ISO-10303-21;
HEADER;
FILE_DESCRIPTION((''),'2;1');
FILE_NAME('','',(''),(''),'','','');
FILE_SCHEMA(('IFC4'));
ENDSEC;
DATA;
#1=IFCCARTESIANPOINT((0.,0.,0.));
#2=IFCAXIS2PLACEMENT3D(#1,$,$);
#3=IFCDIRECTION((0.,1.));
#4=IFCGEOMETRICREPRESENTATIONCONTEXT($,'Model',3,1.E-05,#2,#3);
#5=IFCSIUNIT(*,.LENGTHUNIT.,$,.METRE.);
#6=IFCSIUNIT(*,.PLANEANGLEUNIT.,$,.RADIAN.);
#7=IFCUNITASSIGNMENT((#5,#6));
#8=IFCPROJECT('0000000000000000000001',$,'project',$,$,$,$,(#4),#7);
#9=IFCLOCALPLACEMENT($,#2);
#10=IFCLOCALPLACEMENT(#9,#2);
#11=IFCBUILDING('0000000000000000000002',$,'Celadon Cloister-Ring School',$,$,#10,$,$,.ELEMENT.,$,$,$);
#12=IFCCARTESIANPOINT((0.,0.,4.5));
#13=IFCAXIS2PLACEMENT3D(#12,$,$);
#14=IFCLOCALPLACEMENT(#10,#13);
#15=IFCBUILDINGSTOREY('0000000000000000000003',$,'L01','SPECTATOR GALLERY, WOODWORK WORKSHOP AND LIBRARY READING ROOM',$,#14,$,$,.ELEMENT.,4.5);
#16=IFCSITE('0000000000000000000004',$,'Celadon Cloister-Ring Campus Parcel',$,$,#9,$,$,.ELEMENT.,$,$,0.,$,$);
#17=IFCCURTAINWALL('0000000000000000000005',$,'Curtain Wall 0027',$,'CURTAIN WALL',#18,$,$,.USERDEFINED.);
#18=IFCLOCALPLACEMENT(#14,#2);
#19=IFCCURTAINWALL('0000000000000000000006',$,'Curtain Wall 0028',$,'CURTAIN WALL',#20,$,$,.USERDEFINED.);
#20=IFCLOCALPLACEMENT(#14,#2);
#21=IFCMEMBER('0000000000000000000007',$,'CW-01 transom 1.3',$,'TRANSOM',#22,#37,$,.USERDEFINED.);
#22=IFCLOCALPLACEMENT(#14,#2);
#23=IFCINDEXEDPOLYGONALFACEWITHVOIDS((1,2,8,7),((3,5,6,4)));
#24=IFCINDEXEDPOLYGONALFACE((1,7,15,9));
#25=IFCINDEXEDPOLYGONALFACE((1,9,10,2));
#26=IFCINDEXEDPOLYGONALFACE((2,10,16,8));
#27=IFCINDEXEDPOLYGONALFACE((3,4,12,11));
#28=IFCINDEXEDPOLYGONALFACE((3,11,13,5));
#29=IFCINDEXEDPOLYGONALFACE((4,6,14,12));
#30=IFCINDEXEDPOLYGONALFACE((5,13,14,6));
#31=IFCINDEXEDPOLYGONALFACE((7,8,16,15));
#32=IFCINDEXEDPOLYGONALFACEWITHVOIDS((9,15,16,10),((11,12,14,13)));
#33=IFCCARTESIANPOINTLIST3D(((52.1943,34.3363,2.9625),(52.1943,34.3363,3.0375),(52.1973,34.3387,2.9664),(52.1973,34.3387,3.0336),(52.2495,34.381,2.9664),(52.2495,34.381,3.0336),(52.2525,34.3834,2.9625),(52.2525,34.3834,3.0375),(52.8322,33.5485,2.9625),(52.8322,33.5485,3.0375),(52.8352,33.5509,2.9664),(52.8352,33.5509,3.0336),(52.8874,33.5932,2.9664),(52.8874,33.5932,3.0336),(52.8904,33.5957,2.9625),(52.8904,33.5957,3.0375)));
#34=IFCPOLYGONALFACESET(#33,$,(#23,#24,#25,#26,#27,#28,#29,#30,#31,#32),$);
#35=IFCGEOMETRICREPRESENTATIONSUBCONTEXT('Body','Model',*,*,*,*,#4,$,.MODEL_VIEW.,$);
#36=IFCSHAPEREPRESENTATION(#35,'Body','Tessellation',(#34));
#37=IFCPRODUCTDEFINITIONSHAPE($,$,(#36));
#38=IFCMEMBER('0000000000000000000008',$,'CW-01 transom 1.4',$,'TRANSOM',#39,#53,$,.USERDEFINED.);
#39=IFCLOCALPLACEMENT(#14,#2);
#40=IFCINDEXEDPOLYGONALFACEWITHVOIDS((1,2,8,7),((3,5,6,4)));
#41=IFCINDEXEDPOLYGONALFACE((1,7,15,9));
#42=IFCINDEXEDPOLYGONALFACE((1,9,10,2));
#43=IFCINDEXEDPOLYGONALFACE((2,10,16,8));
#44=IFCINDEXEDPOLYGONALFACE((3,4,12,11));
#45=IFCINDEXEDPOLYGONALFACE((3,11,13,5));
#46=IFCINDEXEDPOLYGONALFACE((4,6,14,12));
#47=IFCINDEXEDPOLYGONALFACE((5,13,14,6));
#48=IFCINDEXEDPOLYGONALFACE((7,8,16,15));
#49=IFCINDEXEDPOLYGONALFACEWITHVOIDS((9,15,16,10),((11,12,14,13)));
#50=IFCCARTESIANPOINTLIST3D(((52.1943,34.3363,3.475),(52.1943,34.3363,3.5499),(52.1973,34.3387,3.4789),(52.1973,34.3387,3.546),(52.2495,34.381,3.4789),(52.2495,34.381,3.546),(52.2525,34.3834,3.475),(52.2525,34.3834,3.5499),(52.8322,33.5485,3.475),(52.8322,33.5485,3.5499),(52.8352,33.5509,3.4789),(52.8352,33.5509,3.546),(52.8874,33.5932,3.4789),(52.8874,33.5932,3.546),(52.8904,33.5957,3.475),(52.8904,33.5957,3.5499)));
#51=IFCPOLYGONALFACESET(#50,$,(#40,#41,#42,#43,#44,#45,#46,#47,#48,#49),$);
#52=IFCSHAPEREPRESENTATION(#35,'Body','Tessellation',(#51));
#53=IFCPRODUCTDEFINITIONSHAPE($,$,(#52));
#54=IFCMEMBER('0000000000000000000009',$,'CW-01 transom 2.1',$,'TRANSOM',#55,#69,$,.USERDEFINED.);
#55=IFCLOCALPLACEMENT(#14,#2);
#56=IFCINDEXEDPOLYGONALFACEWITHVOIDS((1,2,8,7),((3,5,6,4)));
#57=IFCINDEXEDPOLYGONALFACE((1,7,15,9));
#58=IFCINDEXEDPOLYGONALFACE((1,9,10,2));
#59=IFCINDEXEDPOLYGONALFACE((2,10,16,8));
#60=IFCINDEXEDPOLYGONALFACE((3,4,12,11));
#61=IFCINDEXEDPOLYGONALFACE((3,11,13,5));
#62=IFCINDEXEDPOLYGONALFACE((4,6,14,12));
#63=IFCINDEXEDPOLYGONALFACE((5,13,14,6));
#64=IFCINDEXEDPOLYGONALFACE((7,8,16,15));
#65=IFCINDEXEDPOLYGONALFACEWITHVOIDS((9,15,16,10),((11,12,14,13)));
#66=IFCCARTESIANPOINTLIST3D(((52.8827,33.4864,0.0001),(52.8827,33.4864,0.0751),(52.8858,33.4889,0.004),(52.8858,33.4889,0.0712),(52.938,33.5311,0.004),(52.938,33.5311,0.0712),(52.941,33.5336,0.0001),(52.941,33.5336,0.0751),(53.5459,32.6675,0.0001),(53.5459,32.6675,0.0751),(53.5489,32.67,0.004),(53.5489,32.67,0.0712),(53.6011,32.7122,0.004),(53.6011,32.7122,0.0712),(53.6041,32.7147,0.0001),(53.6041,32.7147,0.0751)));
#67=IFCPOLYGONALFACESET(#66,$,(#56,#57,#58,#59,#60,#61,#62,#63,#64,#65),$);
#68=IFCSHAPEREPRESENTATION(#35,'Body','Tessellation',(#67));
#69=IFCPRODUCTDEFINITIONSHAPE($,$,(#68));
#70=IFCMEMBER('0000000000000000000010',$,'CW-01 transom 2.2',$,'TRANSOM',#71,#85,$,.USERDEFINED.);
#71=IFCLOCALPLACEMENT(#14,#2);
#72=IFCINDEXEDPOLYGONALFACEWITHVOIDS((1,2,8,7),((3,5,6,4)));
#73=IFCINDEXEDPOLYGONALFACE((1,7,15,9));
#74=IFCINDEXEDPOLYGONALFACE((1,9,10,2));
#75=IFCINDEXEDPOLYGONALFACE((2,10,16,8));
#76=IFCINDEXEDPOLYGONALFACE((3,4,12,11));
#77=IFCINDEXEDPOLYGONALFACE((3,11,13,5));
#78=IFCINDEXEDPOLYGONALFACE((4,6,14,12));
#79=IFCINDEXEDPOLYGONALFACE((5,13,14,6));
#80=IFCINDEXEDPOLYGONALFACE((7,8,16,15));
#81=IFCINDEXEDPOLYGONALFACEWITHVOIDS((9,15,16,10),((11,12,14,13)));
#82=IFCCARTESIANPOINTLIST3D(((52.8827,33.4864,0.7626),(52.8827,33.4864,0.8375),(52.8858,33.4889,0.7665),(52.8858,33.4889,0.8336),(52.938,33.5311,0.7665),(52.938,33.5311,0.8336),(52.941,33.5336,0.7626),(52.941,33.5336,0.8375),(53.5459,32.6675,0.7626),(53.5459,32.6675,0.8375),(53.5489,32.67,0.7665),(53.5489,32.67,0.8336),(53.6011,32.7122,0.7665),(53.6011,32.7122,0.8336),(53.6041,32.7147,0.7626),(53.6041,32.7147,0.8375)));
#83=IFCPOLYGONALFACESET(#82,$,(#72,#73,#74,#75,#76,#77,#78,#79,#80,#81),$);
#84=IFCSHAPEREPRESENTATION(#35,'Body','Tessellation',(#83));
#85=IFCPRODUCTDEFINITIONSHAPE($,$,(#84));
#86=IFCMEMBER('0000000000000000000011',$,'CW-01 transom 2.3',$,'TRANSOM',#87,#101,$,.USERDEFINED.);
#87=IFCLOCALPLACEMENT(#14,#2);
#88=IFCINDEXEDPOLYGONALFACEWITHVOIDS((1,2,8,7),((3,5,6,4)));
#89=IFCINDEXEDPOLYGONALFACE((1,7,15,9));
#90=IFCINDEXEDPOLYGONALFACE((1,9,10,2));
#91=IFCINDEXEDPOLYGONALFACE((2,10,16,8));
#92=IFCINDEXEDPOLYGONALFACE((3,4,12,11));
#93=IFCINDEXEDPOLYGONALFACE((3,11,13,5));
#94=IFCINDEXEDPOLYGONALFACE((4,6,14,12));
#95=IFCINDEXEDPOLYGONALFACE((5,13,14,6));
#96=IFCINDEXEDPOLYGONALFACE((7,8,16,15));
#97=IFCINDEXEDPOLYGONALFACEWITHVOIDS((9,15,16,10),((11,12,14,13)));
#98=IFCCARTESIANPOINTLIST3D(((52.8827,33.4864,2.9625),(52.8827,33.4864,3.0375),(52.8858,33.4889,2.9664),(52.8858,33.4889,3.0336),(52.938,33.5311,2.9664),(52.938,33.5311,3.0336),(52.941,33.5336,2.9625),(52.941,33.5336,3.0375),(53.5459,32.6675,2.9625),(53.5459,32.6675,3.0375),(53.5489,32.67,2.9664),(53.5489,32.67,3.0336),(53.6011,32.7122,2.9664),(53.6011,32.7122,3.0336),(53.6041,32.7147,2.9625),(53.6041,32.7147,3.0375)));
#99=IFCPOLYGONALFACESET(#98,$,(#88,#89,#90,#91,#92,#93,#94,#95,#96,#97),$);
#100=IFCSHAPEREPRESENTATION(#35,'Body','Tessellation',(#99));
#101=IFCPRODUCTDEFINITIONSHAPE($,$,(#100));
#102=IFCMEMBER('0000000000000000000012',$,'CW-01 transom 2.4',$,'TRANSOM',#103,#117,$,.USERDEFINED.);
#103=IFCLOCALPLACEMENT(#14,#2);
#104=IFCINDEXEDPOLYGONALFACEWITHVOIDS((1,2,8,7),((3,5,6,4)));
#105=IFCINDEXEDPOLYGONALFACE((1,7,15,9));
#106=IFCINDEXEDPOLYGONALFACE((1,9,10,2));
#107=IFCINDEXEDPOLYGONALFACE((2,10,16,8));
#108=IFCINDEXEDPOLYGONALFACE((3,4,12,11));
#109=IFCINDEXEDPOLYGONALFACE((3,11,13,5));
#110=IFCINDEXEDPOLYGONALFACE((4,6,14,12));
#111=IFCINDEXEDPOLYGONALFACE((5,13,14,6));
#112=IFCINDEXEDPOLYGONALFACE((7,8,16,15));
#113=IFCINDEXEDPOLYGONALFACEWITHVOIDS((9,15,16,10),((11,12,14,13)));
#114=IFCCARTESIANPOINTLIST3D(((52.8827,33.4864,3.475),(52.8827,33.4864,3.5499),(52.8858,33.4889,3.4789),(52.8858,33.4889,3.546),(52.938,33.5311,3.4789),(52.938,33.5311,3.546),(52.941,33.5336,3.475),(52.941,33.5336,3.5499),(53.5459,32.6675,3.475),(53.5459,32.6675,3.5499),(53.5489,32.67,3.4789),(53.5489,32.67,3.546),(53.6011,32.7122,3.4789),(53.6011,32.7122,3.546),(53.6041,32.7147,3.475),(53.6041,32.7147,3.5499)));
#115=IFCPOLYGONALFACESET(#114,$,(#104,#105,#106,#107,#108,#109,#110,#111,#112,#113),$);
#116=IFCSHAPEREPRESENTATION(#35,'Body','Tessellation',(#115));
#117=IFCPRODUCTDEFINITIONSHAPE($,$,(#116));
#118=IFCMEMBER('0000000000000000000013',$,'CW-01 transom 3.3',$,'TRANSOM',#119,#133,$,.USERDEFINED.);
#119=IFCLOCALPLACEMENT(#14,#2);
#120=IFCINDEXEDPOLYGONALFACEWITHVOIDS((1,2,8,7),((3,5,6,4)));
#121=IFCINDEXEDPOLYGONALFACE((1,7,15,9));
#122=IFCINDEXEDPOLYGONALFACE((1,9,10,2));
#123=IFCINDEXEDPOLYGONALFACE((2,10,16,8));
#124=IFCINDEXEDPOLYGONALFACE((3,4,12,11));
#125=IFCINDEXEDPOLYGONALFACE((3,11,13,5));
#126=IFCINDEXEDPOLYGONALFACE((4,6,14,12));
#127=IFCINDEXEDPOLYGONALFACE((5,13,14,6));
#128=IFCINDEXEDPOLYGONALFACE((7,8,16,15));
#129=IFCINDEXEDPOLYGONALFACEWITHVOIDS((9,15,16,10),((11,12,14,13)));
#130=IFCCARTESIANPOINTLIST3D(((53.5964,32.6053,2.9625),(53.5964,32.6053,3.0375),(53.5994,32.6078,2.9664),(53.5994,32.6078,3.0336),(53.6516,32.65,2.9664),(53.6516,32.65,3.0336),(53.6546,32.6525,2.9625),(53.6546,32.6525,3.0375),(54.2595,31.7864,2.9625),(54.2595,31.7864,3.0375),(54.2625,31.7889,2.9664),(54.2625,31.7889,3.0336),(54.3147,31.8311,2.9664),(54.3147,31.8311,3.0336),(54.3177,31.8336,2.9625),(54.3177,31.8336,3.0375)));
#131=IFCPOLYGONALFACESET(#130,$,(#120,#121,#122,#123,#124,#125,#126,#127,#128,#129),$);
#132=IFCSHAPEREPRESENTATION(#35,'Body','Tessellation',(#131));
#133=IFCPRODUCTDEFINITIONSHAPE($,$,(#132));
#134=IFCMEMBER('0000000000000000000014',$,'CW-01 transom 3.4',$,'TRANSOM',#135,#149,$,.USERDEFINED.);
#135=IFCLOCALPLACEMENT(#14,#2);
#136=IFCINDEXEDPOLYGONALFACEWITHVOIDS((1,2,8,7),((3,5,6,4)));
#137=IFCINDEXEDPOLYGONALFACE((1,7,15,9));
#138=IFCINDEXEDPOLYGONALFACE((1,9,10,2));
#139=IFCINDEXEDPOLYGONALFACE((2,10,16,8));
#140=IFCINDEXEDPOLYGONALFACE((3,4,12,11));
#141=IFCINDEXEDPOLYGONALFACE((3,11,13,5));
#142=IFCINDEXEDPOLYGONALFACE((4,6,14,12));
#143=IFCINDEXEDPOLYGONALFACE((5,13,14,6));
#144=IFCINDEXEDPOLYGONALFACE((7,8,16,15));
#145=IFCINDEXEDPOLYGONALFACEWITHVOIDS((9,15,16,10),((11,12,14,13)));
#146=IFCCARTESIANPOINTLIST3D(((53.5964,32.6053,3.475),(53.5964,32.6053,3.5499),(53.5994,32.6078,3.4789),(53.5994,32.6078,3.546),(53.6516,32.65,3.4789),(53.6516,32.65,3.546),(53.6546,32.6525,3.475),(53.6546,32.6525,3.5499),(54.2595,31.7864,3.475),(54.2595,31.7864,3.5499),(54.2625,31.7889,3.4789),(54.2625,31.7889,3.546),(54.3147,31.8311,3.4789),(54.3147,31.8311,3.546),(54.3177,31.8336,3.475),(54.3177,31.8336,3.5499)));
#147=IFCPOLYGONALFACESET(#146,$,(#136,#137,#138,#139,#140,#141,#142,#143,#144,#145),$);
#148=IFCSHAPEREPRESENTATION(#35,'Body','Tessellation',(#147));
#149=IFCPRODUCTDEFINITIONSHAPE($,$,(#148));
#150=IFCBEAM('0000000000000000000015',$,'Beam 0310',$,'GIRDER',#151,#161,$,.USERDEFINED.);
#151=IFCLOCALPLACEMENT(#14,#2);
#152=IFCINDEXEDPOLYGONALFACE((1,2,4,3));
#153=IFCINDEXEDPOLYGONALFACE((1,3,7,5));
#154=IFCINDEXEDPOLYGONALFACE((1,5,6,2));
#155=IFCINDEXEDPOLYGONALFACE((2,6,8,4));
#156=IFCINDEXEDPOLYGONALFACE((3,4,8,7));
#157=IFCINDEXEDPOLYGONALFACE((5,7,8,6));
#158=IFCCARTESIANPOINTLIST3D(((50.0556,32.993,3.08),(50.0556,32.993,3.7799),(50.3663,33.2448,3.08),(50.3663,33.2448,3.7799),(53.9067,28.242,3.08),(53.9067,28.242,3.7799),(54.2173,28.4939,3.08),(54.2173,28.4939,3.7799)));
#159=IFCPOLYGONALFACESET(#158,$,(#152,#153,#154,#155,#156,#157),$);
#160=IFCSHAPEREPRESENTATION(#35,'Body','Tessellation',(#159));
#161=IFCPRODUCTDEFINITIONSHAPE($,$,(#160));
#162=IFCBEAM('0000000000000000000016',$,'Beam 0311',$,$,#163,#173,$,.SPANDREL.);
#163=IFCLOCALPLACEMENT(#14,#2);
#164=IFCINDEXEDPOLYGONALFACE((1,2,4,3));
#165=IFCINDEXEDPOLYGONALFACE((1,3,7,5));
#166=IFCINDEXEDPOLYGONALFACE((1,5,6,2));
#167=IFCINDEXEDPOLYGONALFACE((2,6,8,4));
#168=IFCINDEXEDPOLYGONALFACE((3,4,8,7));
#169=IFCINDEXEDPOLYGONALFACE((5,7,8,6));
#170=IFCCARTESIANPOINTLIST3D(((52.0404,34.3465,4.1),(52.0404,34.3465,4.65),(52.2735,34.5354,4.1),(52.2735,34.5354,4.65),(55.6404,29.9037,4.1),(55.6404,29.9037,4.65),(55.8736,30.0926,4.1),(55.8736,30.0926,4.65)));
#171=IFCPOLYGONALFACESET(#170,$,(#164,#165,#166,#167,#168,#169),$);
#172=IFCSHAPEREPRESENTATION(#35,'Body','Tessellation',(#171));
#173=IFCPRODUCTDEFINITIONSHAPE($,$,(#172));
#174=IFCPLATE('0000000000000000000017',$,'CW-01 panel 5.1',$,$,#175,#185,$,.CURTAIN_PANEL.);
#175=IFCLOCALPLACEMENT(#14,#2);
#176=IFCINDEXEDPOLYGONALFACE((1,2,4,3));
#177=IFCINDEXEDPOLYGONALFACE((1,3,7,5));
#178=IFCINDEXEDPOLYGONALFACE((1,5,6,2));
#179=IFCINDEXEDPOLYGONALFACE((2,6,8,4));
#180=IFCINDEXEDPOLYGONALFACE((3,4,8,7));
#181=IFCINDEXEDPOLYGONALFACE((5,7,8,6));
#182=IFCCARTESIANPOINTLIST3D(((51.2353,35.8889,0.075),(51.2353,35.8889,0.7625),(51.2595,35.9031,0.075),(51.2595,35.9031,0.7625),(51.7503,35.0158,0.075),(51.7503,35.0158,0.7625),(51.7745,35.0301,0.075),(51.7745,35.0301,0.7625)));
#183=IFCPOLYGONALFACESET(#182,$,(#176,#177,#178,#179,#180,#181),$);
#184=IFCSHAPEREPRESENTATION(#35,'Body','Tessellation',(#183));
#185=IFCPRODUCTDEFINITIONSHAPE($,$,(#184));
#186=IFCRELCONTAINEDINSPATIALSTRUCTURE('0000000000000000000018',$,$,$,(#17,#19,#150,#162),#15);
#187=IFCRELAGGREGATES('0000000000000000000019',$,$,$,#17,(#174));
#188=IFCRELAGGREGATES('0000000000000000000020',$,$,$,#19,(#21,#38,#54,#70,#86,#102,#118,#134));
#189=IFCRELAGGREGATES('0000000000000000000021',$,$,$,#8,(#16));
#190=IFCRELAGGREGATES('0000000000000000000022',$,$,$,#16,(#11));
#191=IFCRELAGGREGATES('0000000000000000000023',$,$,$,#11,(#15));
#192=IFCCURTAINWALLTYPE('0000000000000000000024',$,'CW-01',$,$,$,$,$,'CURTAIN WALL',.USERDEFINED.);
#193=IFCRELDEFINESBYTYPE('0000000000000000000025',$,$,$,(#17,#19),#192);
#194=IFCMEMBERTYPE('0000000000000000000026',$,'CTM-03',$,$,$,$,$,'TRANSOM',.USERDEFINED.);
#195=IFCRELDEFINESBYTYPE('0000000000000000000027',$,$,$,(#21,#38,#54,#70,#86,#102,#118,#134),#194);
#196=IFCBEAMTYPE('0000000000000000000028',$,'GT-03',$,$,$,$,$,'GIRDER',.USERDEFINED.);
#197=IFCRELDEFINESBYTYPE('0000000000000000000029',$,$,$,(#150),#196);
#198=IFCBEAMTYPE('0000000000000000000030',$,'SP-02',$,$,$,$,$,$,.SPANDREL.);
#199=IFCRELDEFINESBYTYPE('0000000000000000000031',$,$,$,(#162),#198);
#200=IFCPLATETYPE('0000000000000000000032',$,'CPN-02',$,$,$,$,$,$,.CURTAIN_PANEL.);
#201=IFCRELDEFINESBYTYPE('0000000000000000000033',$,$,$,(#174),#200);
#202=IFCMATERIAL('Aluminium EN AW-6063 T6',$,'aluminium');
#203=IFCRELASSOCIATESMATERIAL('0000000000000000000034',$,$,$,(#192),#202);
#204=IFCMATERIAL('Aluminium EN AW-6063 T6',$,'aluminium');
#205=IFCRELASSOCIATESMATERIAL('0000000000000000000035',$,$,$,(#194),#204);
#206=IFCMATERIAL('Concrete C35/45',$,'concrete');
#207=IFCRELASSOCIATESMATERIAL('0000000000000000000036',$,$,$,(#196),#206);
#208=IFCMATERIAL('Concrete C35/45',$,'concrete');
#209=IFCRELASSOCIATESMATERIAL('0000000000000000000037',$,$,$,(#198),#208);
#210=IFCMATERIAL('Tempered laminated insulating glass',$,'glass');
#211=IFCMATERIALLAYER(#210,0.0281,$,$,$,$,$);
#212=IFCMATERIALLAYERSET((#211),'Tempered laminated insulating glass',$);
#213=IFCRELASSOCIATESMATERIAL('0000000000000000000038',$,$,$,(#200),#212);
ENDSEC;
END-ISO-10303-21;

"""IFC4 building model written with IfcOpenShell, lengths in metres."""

from ifc_helpers import new_model, si_unit, direction, frame, origin, origin_2d, place, context, subcontext, project, spatial, rectangle, hollow_rectangle, extrude, material, layer, layer_set, material_profile, profile_set, type_object, element, aggregate, save


model = new_model("IFC4")

# Units and contexts
model_context = context("Model", 3, precision=1e-05, world=origin(), true_north=direction((0.0, 1.0)))
body_context = subcontext(model_context, "Body", "Model", "MODEL_VIEW")
ifc_project = project(units=[si_unit("LENGTHUNIT", "METRE"), si_unit("PLANEANGLEUNIT", "RADIAN")], contexts=[model_context])

# Site, building, storey
site_placement = place(None, origin())
site = spatial("IfcSite", under=ifc_project, at=site_placement, Name="Celadon Cloister-Ring Campus Parcel", CompositionType="ELEMENT", RefElevation=0.0)
building_placement = place(site_placement, origin())
building = spatial("IfcBuilding", under=site, at=building_placement, Name="Celadon Cloister-Ring School", CompositionType="ELEMENT")
storey_placement = place(building_placement, frame((0.0, 0.0, 4.5)))
storey = spatial("IfcBuildingStorey", under=building, at=storey_placement, Name="L01", Description="SPECTATOR GALLERY, WOODWORK WORKSHOP AND LIBRARY READING ROOM", CompositionType="ELEMENT", Elevation=4.5)

# Curtain wall
ifc_material_1 = material(Name="Aluminium EN AW-6063 T6", Category="aluminium")
curtain_wall_type = type_object("IfcCurtainWallType", Name="CW-01", ElementType="CURTAIN WALL", PredefinedType="USERDEFINED", material=ifc_material_1)
curtain_wall_1_placement = place(storey_placement, origin())
curtain_wall_1 = element("IfcCurtainWall", 1, at=curtain_wall_1_placement, inside=storey, type_object=curtain_wall_type, Name="Curtain Wall 0027", ObjectType="CURTAIN WALL", PredefinedType="USERDEFINED")

# Curtain wall, members
curtain_wall_2_placement = place(storey_placement, origin())
curtain_wall_2 = element("IfcCurtainWall", 2, at=curtain_wall_2_placement, inside=storey, type_object=curtain_wall_type, Name="Curtain Wall 0028", ObjectType="CURTAIN WALL", PredefinedType="USERDEFINED")
ifc_material_2 = material(Name="Aluminium EN AW-6063 T6", Category="aluminium")
ifc_material_profile_1 = material_profile(ifc_material_2, hollow_rectangle(XDim=0.075, YDim=0.075, WallThickness=0.0039, at=origin_2d()), Name="RHS75X75X4")
ifc_profile_set_1 = profile_set([ifc_material_profile_1], Name="Aluminium EN AW-6063 T6")
member_type_1 = type_object("IfcMemberType", Name="CTM-03", ElementType="TRANSOM", PredefinedType="USERDEFINED", material=ifc_profile_set_1)
member_1_placement = place(storey_placement, frame((52.2234, 34.3599, 3.0), z_axis=(0.629295, -0.777166, 0.0), x_axis=(0.777166, 0.629295, 0.0)))
member_1 = element("IfcMember", 3, at=member_1_placement, type_object=member_type_1, Name="CW-01 transom 1.3", ObjectType="TRANSOM", PredefinedType="USERDEFINED", context=body_context, shape_type="SweptSolid", body=[
    extrude(hollow_rectangle(XDim=0.075, YDim=0.075, WallThickness=0.0039, at=origin_2d()), origin(), (0.0, 0.0, 1.0), 1.0137),
])
member_2_placement = place(storey_placement, frame((52.2234, 34.3599, 3.5125), z_axis=(0.629295, -0.777166, 0.0), x_axis=(0.777166, 0.629295, 0.0)))
member_2 = element("IfcMember", 4, at=member_2_placement, type_object=member_type_1, Name="CW-01 transom 1.4", ObjectType="TRANSOM", PredefinedType="USERDEFINED", context=body_context, shape_type="SweptSolid", body=[
    extrude(hollow_rectangle(XDim=0.075, YDim=0.075, WallThickness=0.0039, at=origin_2d()), origin(), (0.0, 0.0, 1.0), 1.0137),
])
member_3_placement = place(storey_placement, frame((52.9119, 33.51, 0.0376), z_axis=(0.629318, -0.777148, 0.0), x_axis=(0.777148, 0.629318, 0.0)))
member_3 = element("IfcMember", 5, at=member_3_placement, type_object=member_type_1, Name="CW-01 transom 2.1", ObjectType="TRANSOM", PredefinedType="USERDEFINED", context=body_context, shape_type="SweptSolid", body=[
    extrude(hollow_rectangle(XDim=0.075, YDim=0.075, WallThickness=0.0039, at=origin_2d()), origin(), (0.0, 0.0, 1.0), 1.0537),
])
member_4_placement = place(storey_placement, frame((52.9119, 33.51, 0.8), z_axis=(0.629318, -0.777148, 0.0), x_axis=(0.777148, 0.629318, 0.0)))
member_4 = element("IfcMember", 6, at=member_4_placement, type_object=member_type_1, Name="CW-01 transom 2.2", ObjectType="TRANSOM", PredefinedType="USERDEFINED", context=body_context, shape_type="SweptSolid", body=[
    extrude(hollow_rectangle(XDim=0.075, YDim=0.075, WallThickness=0.0039, at=origin_2d()), origin(), (0.0, 0.0, 1.0), 1.0537),
])
member_5_placement = place(storey_placement, frame((52.9119, 33.51, 3.0), z_axis=(0.629318, -0.777148, 0.0), x_axis=(0.777148, 0.629318, 0.0)))
member_5 = element("IfcMember", 7, at=member_5_placement, type_object=member_type_1, Name="CW-01 transom 2.3", ObjectType="TRANSOM", PredefinedType="USERDEFINED", context=body_context, shape_type="SweptSolid", body=[
    extrude(hollow_rectangle(XDim=0.075, YDim=0.075, WallThickness=0.0039, at=origin_2d()), origin(), (0.0, 0.0, 1.0), 1.0537),
])
member_6_placement = place(storey_placement, frame((52.9119, 33.51, 3.5125), z_axis=(0.629318, -0.777148, 0.0), x_axis=(0.777148, 0.629318, 0.0)))
member_6 = element("IfcMember", 8, at=member_6_placement, type_object=member_type_1, Name="CW-01 transom 2.4", ObjectType="TRANSOM", PredefinedType="USERDEFINED", context=body_context, shape_type="SweptSolid", body=[
    extrude(hollow_rectangle(XDim=0.075, YDim=0.075, WallThickness=0.0039, at=origin_2d()), origin(), (0.0, 0.0, 1.0), 1.0537),
])
member_7_placement = place(storey_placement, frame((53.6255, 32.6289, 3.0), z_axis=(0.629318, -0.777148, 0.0), x_axis=(0.777148, 0.629318, 0.0)))
member_7 = element("IfcMember", 9, at=member_7_placement, type_object=member_type_1, Name="CW-01 transom 3.3", ObjectType="TRANSOM", PredefinedType="USERDEFINED", context=body_context, shape_type="SweptSolid", body=[
    extrude(hollow_rectangle(XDim=0.075, YDim=0.075, WallThickness=0.0039, at=origin_2d()), origin(), (0.0, 0.0, 1.0), 1.0537),
])
member_8_placement = place(storey_placement, frame((53.6255, 32.6289, 3.5125), z_axis=(0.629318, -0.777148, 0.0), x_axis=(0.777148, 0.629318, 0.0)))
member_8 = element("IfcMember", 10, at=member_8_placement, type_object=member_type_1, Name="CW-01 transom 3.4", ObjectType="TRANSOM", PredefinedType="USERDEFINED", context=body_context, shape_type="SweptSolid", body=[
    extrude(hollow_rectangle(XDim=0.075, YDim=0.075, WallThickness=0.0039, at=origin_2d()), origin(), (0.0, 0.0, 1.0), 1.0537),
])

# Beams
ifc_material_3 = material(Name="Concrete C35/45", Category="concrete")
ifc_material_profile_2 = material_profile(ifc_material_3, rectangle(XDim=0.3999, YDim=0.7, at=origin_2d()), Name="RC400X700")
ifc_profile_set_2 = profile_set([ifc_material_profile_2], Name="Concrete C35/45")
beam_type_1 = type_object("IfcBeamType", Name="GT-03", ElementType="GIRDER", PredefinedType="USERDEFINED", material=ifc_profile_set_2)
beam_1_placement = place(storey_placement, frame((50.2109, 33.1189, 3.4299), z_axis=(0.629696, -0.776841, 0.0), x_axis=(0.776841, 0.629696, 0.0)))
element("IfcBeam", 11, at=beam_1_placement, inside=storey, type_object=beam_type_1, Name="Beam 0310", ObjectType="GIRDER", PredefinedType="USERDEFINED", context=body_context, shape_type="SweptSolid", body=[
    extrude(rectangle(XDim=0.3999, YDim=0.7, at=origin_2d()), origin(), (0.0, 0.0, 1.0), 6.1157),
])
ifc_material_4 = material(Name="Concrete C35/45", Category="concrete")
ifc_material_profile_3 = material_profile(ifc_material_4, rectangle(XDim=0.3, YDim=0.55, at=origin_2d()), Name="RC300X550")
ifc_profile_set_3 = profile_set([ifc_material_profile_3], Name="Concrete C35/45")
beam_type_2 = type_object("IfcBeamType", Name="SP-02", PredefinedType="SPANDREL", material=ifc_profile_set_3)
beam_2_placement = place(storey_placement, frame((52.157, 34.4409, 4.375), z_axis=(0.629567, -0.776947, 0.0), x_axis=(0.776947, 0.629567, 0.0)))
element("IfcBeam", 12, at=beam_2_placement, inside=storey, type_object=beam_type_2, Name="Beam 0311", PredefinedType="SPANDREL", context=body_context, shape_type="SweptSolid", body=[
    extrude(rectangle(XDim=0.3, YDim=0.55, at=origin_2d()), origin(), (0.0, 0.0, 1.0), 5.7183),
])

# Plate
ifc_material_5 = material(Name="Tempered laminated insulating glass", Category="glass")
ifc_layer_1 = layer(ifc_material_5, 0.0281)
ifc_layer_set_1 = layer_set([ifc_layer_1], Name="Tempered laminated insulating glass")
plate_type = type_object("IfcPlateType", Name="CPN-02", PredefinedType="CURTAIN_PANEL", material=ifc_layer_set_1)
plate_1_placement = place(storey_placement, frame((51.5049, 35.4595, 0.075), z_axis=(0.0, 0.0, 1.0), x_axis=(0.508099, -0.861299, 0.0)))
plate_1 = element("IfcPlate", 13, at=plate_1_placement, type_object=plate_type, Name="CW-01 panel 5.1", PredefinedType="CURTAIN_PANEL", context=body_context, shape_type="SweptSolid", body=[
    extrude(rectangle(XDim=1.0137, YDim=0.0281, at=origin_2d()), origin(), (0.0, 0.0, 1.0), 0.6875),
])
aggregate(curtain_wall_1, [plate_1])
aggregate(curtain_wall_2, [member_1, member_2, member_3, member_4, member_5, member_6, member_7, member_8])

save(model, "model.ifc")
